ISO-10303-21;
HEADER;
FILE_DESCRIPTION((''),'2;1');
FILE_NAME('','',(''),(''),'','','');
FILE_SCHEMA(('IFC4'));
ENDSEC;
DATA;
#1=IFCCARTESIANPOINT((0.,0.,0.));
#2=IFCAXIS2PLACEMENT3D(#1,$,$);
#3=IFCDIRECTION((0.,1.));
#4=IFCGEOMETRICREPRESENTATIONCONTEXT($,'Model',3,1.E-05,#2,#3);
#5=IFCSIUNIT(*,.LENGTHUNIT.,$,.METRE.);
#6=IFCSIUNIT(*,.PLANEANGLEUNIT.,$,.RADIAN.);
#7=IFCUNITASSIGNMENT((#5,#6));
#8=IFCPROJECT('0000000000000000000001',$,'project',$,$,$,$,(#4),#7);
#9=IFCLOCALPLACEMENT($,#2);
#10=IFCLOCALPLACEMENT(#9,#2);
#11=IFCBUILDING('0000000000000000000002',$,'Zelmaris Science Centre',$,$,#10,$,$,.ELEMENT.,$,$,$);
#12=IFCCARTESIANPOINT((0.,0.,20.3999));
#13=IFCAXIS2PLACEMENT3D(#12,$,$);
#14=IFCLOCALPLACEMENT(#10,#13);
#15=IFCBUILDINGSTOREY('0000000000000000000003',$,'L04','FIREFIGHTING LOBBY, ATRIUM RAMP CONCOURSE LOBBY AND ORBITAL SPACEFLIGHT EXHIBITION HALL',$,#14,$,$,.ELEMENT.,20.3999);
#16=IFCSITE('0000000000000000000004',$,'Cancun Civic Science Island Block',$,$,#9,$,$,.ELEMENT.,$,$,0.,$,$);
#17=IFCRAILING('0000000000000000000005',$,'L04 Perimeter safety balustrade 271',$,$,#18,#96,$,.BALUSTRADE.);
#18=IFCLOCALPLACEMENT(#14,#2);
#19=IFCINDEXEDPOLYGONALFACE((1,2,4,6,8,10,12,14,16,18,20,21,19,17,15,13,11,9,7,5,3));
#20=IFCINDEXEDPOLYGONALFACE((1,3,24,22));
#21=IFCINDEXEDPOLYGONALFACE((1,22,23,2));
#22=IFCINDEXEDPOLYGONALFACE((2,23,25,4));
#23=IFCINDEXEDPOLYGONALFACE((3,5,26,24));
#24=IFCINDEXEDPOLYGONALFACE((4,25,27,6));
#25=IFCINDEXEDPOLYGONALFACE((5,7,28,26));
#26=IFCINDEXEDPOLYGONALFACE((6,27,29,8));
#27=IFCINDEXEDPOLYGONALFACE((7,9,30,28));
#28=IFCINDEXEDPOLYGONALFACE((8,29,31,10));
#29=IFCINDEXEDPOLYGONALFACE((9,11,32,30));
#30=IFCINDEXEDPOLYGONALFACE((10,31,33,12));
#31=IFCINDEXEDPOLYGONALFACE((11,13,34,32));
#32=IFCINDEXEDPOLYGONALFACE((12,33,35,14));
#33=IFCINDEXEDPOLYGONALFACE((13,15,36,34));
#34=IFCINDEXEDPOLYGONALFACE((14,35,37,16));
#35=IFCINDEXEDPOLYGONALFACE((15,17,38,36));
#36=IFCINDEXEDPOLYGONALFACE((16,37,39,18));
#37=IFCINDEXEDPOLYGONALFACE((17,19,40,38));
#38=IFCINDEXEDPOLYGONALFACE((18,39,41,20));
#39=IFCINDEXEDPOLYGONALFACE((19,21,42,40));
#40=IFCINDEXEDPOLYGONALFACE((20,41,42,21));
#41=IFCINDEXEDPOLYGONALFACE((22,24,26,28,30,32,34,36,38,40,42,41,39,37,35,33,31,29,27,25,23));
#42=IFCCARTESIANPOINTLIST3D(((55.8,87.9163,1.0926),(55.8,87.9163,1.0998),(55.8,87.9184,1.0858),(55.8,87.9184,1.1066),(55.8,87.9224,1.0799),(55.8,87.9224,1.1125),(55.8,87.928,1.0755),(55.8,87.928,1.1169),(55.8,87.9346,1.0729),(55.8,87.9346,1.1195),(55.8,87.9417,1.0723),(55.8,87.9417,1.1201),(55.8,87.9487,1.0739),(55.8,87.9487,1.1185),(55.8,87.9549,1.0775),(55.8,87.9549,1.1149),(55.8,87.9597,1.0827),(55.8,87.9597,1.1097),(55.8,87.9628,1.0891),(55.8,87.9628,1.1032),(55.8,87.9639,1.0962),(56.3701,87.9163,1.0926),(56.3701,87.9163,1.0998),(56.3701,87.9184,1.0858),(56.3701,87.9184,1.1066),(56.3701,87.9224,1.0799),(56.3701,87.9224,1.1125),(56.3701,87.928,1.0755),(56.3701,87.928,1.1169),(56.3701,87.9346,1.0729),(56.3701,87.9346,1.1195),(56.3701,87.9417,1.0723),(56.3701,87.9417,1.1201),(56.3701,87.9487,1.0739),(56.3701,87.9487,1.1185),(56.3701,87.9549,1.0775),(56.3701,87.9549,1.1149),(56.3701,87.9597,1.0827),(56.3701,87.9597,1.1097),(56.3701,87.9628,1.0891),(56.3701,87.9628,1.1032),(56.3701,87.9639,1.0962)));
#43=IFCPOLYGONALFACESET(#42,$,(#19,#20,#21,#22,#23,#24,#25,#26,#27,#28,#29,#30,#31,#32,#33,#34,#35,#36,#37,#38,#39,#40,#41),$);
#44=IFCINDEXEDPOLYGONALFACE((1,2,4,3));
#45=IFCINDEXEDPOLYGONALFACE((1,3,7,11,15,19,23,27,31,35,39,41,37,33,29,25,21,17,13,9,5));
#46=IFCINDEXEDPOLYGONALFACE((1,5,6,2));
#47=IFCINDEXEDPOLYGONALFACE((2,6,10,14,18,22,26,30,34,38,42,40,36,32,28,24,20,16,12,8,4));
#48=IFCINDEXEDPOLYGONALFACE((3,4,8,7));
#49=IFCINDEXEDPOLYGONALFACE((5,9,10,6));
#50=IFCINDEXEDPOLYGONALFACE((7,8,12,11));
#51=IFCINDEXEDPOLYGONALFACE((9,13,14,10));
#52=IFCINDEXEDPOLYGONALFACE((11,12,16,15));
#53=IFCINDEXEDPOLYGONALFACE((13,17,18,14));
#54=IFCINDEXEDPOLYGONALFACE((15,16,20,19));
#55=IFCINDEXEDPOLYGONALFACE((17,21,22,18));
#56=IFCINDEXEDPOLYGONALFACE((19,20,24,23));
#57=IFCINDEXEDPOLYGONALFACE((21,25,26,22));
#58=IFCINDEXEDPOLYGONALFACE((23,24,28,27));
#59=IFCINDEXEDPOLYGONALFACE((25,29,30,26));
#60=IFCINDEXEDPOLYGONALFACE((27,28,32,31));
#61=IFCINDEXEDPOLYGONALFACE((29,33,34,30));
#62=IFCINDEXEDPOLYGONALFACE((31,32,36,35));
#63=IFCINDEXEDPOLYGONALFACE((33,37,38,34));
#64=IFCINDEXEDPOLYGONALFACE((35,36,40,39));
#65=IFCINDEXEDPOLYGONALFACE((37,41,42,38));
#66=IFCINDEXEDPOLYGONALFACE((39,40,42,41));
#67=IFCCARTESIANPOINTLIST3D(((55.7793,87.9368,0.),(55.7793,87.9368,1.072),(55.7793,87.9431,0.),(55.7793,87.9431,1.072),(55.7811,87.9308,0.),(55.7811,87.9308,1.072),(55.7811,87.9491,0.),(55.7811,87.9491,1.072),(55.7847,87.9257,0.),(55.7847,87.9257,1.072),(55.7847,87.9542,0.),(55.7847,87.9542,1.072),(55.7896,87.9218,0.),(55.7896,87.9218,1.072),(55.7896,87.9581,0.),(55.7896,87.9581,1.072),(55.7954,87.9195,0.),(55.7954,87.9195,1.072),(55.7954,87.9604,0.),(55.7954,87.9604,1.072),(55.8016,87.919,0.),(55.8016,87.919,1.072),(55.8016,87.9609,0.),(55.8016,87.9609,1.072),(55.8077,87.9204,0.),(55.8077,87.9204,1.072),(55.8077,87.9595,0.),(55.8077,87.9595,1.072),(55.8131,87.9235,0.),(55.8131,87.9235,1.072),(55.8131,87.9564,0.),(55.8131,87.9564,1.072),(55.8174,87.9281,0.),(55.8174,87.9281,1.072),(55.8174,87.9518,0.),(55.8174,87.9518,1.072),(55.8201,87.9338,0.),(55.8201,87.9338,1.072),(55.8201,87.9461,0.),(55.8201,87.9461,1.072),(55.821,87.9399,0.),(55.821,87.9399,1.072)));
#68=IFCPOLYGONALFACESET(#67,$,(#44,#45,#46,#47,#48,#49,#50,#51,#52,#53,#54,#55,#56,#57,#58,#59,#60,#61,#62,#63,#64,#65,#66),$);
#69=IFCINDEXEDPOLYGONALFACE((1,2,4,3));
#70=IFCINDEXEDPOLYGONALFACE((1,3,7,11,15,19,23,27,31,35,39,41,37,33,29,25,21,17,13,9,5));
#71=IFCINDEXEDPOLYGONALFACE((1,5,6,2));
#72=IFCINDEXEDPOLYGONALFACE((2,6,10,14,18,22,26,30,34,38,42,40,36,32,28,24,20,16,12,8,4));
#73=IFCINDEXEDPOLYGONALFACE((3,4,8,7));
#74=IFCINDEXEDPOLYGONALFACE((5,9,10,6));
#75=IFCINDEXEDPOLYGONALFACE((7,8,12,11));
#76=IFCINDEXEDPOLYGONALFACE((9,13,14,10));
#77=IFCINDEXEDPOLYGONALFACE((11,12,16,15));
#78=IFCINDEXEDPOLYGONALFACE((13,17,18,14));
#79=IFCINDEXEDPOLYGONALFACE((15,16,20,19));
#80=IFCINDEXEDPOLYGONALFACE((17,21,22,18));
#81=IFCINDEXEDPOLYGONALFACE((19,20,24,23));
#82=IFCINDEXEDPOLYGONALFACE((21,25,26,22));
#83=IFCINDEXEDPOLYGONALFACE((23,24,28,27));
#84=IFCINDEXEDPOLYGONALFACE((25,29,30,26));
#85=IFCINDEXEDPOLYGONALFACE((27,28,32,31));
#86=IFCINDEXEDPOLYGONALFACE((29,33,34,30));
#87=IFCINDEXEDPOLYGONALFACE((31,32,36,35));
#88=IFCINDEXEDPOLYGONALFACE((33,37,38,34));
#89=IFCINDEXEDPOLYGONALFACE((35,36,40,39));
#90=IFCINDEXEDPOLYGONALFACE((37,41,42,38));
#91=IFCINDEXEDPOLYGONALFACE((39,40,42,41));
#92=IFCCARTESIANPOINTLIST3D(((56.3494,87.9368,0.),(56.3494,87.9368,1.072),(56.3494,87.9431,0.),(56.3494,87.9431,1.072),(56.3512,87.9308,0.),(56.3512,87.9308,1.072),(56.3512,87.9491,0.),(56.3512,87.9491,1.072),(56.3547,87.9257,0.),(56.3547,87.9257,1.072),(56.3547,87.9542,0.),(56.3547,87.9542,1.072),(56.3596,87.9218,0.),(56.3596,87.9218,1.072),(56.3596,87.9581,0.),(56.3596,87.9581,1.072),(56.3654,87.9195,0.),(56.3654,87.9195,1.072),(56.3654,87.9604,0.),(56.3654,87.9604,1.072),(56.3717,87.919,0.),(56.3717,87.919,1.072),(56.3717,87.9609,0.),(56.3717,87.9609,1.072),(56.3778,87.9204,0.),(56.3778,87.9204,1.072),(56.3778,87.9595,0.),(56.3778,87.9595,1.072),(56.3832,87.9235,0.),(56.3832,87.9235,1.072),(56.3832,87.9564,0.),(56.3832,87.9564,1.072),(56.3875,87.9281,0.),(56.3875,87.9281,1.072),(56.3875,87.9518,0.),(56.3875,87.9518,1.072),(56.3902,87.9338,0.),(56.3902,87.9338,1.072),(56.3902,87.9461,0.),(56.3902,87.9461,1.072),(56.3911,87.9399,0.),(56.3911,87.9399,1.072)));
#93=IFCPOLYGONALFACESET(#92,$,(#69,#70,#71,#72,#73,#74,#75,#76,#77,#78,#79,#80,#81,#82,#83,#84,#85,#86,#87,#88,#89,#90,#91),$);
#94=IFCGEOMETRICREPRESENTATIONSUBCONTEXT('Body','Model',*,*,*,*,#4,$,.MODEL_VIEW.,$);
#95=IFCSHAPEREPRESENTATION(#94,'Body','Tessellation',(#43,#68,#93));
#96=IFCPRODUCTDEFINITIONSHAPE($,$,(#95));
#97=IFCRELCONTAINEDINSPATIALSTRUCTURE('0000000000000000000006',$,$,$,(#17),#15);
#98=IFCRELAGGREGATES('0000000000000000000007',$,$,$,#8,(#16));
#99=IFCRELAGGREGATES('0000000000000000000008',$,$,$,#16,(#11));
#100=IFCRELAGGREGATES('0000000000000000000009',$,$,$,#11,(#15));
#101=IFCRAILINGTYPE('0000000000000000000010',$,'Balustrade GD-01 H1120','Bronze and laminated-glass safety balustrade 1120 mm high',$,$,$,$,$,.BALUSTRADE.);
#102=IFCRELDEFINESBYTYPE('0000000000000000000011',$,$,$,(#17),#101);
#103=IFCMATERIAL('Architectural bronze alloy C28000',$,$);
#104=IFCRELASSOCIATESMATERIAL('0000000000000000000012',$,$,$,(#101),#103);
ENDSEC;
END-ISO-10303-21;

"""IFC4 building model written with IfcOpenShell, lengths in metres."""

from ifc_helpers import new_model, si_unit, direction, frame, origin, origin_2d, place, context, subcontext, project, spatial, circle, extrude, material, type_object, element, save


model = new_model("IFC4")

# Units and contexts
model_context = context("Model", 3, precision=1e-05, world=origin(), true_north=direction((0.0, 1.0)))
body_context = subcontext(model_context, "Body", "Model", "MODEL_VIEW")
ifc_project = project(units=[si_unit("LENGTHUNIT", "METRE"), si_unit("PLANEANGLEUNIT", "RADIAN")], contexts=[model_context])

# Site, building, storey
site_placement = place(None, origin())
site = spatial("IfcSite", under=ifc_project, at=site_placement, Name="Cancun Civic Science Island Block", CompositionType="ELEMENT", RefElevation=0.0)
building_placement = place(site_placement, origin())
building = spatial("IfcBuilding", under=site, at=building_placement, Name="Zelmaris Science Centre", CompositionType="ELEMENT")
storey_placement = place(building_placement, frame((0.0, 0.0, 20.3999)))
storey = spatial("IfcBuildingStorey", under=building, at=storey_placement, Name="L04", Description="FIREFIGHTING LOBBY, ATRIUM RAMP CONCOURSE LOBBY AND ORBITAL SPACEFLIGHT EXHIBITION HALL", CompositionType="ELEMENT", Elevation=20.3999)

# Railing
ifc_material_1 = material(Name="Architectural bronze alloy C28000")
railing_type = type_object("IfcRailingType", Name="Balustrade GD-01 H1120", Description="Bronze and laminated-glass safety balustrade 1120 mm high", PredefinedType="BALUSTRADE", material=ifc_material_1)
railing_placement = place(storey_placement, frame((55.8, 87.9399, 0.0)))
element("IfcRailing", 1, at=railing_placement, inside=storey, type_object=railing_type, Name="L04 Perimeter safety balustrade 271", PredefinedType="BALUSTRADE", context=body_context, shape_type="SweptSolid", body=[
    extrude(circle(Radius=0.0239, at=origin_2d()), frame((0.0, 0.0, 1.0962), z_axis=(1.0, 0.0, 0.0), x_axis=(0.0, 1.0, 0.0)), (0.0, 0.0, 1.0), 0.5701),
    extrude(circle(Radius=0.021, at=origin_2d()), origin(), (0.0, 0.0, 1.0), 1.072),
    extrude(circle(Radius=0.021, at=origin_2d()), frame((0.5701, 0.0, 0.0)), (0.0, 0.0, 1.0), 1.072),
])

save(model, "model.ifc")
